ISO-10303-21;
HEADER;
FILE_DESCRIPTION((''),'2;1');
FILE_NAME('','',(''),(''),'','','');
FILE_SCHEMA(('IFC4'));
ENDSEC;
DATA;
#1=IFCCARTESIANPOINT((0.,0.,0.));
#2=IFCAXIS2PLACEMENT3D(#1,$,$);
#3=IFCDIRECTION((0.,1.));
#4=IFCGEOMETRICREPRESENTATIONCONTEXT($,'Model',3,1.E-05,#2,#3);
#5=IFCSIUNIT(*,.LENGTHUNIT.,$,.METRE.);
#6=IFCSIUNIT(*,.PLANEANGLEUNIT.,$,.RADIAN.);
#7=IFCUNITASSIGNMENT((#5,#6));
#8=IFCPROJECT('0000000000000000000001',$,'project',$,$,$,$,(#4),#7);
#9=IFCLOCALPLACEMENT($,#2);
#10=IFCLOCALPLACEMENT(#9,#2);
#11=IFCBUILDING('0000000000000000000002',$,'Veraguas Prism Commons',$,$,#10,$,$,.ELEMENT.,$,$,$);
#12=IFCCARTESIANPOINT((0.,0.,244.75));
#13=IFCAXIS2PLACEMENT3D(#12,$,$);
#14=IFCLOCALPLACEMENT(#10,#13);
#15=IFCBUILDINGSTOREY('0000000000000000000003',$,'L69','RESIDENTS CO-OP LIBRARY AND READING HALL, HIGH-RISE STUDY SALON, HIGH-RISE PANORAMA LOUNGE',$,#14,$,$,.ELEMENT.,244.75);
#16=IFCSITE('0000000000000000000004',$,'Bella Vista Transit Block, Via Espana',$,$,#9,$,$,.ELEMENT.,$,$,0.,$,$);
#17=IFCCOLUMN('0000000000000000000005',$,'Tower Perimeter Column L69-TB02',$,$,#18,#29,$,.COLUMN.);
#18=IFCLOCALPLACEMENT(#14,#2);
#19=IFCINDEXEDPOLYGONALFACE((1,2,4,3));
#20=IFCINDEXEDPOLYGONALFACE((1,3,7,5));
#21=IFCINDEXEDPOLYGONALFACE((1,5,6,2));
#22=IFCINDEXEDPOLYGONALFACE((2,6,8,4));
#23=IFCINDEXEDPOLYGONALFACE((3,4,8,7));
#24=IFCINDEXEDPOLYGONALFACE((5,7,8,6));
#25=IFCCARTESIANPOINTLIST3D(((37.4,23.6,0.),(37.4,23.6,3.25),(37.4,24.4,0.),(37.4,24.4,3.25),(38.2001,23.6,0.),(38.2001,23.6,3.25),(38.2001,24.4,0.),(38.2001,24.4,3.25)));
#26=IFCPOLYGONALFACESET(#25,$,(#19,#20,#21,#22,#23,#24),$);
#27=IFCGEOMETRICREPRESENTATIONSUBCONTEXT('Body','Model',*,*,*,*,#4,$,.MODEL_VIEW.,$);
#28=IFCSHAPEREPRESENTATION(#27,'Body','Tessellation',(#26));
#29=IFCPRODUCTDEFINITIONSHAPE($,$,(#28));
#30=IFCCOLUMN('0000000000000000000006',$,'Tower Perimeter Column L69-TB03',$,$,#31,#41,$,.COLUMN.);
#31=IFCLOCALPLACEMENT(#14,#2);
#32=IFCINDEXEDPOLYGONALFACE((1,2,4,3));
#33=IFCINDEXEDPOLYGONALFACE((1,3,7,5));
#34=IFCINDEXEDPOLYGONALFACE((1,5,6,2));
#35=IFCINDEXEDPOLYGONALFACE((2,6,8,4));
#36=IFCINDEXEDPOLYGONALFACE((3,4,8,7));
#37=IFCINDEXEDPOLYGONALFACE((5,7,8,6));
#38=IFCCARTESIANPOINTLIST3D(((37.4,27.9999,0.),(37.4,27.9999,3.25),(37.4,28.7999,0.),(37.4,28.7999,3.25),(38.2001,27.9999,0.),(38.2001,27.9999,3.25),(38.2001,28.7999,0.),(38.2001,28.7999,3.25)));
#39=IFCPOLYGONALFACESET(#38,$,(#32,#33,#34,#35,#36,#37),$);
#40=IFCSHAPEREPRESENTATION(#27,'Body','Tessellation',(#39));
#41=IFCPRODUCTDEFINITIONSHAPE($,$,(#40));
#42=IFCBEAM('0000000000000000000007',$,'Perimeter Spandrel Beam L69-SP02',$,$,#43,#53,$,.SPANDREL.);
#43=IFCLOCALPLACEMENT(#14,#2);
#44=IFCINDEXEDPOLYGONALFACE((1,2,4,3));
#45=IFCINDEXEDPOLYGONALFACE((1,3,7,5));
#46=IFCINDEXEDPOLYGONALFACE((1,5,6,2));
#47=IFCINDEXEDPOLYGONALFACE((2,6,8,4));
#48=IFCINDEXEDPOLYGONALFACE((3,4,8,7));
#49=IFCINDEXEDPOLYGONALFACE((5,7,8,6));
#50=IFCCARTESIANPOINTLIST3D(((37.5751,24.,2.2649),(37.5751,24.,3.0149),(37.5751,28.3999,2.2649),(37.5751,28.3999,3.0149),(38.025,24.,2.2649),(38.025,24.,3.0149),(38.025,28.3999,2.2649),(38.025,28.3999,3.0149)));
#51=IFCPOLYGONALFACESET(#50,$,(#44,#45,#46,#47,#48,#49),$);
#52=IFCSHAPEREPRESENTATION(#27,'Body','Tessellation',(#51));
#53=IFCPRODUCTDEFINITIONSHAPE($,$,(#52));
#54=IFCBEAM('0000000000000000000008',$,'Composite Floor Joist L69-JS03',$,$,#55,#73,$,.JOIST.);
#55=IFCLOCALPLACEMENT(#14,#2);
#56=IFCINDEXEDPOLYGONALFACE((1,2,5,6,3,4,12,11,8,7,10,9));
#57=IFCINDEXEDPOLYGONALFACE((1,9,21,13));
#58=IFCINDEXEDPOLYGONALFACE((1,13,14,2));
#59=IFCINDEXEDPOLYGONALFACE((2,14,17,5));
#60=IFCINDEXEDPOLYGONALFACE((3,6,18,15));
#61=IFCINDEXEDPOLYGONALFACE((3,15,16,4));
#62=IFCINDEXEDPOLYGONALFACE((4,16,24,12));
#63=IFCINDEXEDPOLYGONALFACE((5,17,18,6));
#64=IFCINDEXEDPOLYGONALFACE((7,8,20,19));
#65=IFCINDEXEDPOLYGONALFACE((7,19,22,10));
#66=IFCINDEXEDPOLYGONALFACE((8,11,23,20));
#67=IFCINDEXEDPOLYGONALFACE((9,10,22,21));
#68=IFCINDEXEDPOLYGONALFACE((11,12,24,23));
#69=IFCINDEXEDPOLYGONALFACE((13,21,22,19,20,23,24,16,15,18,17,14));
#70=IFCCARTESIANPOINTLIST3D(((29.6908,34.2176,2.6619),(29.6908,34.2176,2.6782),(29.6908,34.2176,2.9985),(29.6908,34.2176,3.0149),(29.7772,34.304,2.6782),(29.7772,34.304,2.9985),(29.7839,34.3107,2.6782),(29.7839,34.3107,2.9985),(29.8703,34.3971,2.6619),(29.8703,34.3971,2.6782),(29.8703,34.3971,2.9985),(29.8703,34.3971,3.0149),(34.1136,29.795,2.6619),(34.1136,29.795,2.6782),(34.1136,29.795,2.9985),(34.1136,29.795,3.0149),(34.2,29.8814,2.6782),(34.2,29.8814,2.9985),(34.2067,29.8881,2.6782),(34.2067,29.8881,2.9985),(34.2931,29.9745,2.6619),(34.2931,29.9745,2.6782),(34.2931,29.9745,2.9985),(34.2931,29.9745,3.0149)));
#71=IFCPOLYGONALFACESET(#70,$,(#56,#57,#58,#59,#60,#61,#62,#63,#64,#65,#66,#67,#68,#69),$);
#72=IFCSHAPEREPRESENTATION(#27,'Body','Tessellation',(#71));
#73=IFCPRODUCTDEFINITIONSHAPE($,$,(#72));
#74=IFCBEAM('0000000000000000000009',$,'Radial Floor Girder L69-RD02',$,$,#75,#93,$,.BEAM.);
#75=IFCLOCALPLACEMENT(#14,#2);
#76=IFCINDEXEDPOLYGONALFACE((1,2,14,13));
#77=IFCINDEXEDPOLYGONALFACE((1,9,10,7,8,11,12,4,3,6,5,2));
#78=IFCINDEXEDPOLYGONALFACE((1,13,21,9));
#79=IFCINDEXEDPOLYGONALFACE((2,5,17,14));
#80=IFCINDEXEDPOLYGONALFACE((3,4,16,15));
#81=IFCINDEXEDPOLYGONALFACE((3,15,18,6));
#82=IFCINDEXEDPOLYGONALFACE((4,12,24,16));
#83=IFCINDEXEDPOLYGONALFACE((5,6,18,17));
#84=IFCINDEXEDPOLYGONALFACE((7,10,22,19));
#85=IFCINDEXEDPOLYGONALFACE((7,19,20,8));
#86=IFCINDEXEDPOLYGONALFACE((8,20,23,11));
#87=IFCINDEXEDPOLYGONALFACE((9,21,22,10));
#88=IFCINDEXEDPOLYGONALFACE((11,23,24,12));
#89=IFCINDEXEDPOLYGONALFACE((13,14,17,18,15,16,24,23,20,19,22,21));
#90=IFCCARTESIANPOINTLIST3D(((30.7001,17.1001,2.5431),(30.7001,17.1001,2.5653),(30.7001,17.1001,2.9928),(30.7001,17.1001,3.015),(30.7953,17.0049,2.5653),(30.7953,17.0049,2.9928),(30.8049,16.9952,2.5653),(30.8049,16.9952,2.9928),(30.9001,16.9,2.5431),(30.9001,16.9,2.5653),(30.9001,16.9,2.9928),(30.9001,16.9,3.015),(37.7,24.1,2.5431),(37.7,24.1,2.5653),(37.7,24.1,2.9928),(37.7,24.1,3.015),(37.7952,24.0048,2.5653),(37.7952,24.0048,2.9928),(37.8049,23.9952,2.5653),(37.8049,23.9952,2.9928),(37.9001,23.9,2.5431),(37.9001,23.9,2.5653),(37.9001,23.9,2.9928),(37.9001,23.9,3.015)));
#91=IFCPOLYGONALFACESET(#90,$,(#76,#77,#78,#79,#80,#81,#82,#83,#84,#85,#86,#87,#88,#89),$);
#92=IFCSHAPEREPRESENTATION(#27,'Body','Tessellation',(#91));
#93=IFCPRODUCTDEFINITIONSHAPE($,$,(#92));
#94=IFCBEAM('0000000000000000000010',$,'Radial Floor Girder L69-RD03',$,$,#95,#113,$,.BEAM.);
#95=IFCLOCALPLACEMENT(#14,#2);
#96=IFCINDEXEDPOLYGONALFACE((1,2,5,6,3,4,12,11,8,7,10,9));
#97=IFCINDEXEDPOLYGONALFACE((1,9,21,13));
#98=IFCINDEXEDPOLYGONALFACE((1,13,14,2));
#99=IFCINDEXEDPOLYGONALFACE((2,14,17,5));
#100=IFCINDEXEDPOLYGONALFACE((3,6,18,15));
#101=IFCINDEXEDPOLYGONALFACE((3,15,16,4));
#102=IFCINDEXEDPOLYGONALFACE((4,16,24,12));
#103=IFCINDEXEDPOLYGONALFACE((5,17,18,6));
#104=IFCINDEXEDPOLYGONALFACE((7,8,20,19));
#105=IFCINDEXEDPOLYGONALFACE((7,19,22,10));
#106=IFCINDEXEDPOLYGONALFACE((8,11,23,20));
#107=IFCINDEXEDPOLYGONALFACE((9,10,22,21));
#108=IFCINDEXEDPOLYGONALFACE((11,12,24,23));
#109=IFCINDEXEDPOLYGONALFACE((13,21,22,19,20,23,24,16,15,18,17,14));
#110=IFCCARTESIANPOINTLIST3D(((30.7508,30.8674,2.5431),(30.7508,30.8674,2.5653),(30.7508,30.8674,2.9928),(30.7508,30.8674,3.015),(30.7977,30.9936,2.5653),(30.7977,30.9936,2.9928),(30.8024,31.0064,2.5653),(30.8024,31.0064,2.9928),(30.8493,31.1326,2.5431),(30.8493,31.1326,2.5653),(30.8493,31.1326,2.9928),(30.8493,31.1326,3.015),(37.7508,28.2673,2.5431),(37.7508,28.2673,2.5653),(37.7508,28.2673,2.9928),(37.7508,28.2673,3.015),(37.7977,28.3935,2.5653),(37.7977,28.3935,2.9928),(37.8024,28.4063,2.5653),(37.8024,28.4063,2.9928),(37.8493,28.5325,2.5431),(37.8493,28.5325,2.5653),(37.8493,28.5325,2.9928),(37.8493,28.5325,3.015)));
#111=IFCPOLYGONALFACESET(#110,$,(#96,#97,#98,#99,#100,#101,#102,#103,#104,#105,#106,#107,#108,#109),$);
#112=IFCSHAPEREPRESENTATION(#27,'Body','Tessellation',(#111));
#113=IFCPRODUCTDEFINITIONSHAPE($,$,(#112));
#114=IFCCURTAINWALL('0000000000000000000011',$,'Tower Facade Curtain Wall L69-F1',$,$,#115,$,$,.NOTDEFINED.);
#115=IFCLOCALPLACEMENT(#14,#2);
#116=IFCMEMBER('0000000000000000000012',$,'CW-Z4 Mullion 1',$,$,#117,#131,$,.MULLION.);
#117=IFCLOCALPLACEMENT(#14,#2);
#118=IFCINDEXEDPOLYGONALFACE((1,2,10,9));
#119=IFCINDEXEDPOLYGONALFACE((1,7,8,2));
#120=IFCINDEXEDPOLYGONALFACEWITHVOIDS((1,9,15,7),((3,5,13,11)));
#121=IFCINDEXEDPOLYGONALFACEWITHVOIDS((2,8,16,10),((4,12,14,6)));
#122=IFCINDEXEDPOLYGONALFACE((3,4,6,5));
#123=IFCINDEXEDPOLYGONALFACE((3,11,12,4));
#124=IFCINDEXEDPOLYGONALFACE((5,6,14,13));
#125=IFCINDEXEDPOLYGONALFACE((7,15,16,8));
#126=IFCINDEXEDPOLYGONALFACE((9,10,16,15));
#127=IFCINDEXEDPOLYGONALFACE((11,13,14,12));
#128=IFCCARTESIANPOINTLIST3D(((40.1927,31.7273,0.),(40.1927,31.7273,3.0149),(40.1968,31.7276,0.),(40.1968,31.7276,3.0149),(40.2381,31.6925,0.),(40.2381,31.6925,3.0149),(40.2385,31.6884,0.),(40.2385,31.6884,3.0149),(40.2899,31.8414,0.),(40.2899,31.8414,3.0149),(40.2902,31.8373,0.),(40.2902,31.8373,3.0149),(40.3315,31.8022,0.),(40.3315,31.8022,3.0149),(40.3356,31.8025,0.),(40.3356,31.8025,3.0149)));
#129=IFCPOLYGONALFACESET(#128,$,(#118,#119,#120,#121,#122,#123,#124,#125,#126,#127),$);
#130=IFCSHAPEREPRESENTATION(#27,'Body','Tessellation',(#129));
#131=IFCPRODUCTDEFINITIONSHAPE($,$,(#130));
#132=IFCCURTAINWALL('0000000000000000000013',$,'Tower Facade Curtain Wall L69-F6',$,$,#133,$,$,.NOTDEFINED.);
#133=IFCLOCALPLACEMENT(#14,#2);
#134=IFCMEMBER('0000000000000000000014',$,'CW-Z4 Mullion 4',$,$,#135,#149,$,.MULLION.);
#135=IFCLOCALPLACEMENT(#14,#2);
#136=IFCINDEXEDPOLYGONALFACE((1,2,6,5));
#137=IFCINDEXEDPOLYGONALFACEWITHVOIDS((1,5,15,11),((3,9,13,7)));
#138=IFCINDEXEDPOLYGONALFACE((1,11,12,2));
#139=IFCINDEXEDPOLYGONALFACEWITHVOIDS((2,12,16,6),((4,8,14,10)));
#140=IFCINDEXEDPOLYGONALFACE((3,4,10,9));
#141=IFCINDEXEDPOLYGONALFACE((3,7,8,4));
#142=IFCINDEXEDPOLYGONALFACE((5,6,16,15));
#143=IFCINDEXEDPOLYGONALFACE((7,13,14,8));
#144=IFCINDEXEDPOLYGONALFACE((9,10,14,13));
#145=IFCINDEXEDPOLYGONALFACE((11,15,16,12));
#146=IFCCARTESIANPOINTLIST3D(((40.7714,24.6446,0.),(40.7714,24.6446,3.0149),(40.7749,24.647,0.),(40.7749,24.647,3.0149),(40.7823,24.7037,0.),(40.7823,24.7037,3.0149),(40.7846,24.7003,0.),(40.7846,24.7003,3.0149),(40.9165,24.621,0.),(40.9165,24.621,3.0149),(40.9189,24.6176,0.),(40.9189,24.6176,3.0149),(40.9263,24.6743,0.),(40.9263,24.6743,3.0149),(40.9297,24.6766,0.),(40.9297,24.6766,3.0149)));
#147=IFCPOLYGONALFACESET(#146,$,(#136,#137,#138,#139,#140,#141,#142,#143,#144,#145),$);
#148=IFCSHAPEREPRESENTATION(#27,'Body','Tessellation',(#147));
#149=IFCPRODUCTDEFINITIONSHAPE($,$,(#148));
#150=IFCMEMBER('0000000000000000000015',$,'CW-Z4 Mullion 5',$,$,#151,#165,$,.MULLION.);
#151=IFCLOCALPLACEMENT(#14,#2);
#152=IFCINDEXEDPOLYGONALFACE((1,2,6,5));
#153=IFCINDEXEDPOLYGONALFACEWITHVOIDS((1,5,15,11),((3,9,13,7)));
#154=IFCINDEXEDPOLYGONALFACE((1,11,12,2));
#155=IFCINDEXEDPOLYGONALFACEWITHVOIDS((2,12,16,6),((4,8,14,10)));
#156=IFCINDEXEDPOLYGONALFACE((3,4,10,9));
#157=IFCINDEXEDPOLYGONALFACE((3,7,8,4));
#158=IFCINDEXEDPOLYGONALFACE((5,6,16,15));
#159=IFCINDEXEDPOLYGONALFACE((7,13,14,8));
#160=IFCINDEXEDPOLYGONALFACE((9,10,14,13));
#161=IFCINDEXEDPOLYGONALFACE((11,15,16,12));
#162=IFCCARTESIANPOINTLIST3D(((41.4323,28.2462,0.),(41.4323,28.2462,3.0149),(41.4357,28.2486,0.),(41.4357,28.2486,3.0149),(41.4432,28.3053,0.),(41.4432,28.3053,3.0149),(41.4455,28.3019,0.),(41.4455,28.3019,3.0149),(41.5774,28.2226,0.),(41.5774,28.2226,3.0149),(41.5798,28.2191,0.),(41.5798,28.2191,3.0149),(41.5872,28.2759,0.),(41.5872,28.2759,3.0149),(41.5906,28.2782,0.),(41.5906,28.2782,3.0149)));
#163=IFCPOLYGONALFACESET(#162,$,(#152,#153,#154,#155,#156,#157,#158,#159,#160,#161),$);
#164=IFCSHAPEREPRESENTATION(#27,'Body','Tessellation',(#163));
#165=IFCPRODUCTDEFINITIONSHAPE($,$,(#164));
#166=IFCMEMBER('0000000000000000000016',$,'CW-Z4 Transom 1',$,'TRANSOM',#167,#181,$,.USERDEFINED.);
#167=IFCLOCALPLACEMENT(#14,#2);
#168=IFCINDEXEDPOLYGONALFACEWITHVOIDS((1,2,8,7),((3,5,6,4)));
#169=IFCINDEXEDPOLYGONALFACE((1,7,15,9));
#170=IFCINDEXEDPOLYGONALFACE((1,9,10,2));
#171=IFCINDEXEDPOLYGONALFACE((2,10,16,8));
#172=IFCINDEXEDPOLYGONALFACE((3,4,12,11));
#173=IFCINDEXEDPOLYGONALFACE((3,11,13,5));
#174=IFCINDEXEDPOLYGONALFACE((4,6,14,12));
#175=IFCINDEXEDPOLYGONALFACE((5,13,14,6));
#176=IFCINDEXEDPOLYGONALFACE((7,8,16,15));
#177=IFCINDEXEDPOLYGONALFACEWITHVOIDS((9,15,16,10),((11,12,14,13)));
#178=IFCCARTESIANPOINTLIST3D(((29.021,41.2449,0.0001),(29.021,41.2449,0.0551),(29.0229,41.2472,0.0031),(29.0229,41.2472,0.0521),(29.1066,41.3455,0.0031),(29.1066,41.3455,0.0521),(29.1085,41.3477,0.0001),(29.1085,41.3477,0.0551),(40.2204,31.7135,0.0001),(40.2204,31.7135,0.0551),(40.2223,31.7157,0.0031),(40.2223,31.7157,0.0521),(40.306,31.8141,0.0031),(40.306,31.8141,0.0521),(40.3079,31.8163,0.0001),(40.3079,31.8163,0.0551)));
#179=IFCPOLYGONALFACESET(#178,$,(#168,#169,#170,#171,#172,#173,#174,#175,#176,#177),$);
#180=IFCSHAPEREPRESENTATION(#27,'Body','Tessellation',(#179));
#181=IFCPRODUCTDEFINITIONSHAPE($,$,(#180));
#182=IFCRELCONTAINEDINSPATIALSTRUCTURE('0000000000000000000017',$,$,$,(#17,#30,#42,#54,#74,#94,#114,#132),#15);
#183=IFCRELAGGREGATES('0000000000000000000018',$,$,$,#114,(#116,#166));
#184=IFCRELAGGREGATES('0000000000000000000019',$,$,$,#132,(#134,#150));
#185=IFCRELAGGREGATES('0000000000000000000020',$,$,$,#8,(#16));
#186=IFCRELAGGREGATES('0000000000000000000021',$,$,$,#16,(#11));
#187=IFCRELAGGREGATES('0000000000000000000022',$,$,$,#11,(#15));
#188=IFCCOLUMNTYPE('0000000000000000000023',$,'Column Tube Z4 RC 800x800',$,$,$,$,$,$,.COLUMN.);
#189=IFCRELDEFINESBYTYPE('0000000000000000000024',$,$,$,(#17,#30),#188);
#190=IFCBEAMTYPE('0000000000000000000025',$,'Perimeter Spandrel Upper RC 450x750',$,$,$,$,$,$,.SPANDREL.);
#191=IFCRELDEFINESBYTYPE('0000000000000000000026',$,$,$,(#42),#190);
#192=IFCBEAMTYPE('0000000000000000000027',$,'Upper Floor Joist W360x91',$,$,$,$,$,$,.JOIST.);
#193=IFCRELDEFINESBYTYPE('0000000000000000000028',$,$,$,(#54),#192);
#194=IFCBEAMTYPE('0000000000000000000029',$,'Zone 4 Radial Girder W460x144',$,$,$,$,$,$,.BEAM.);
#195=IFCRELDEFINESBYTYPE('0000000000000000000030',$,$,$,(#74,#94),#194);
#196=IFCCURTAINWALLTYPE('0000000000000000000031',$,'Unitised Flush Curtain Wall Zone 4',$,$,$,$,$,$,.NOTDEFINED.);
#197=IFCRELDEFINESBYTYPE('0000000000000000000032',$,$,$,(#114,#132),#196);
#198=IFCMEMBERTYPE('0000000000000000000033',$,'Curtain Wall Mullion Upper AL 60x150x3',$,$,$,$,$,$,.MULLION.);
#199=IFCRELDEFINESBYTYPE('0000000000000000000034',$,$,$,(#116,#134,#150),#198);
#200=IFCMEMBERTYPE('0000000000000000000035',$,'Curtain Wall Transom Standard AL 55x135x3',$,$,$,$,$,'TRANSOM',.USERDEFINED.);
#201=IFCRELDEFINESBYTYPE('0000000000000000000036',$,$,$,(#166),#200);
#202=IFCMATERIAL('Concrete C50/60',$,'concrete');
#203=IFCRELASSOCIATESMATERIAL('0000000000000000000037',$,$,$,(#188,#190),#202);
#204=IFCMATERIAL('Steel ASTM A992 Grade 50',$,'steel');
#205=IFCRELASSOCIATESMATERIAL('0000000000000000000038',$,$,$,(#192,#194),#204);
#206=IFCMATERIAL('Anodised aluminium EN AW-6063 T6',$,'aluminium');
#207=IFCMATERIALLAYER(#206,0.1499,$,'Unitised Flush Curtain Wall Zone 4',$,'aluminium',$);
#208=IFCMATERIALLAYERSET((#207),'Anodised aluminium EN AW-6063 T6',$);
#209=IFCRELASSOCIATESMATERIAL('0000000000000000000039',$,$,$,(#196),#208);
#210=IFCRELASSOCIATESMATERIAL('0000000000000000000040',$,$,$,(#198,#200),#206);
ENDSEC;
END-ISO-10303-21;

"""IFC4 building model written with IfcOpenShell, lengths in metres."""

from ifc_helpers import new_model, si_unit, direction, frame, origin, origin_2d, place, context, subcontext, project, spatial, rectangle, hollow_rectangle, i_section, extrude, source, transform, mapped, material, layer, layer_set, material_profile, profile_set, type_object, element, aggregate, save


model = new_model("IFC4")

# Units and contexts
model_context = context("Model", 3, precision=1e-05, world=origin(), true_north=direction((0.0, 1.0)))
body_context = subcontext(model_context, "Body", "Model", "MODEL_VIEW")
ifc_project = project(units=[si_unit("LENGTHUNIT", "METRE"), si_unit("PLANEANGLEUNIT", "RADIAN")], contexts=[model_context])

# Site, building, storey
site_placement = place(None, origin())
site = spatial("IfcSite", under=ifc_project, at=site_placement, Name="Bella Vista Transit Block, Via Espana", CompositionType="ELEMENT", RefElevation=0.0)
building_placement = place(site_placement, origin())
building = spatial("IfcBuilding", under=site, at=building_placement, Name="Veraguas Prism Commons", CompositionType="ELEMENT")
storey_placement = place(building_placement, frame((0.0, 0.0, 244.75)))
storey = spatial("IfcBuildingStorey", under=building, at=storey_placement, Name="L69", Description="RESIDENTS CO-OP LIBRARY AND READING HALL, HIGH-RISE STUDY SALON, HIGH-RISE PANORAMA LOUNGE", CompositionType="ELEMENT", Elevation=244.75)

# Columns
ifc_material_1 = material(Name="Concrete C50/60", Category="concrete")
ifc_material_profile_1 = material_profile(ifc_material_1, rectangle(XDim=0.8, YDim=0.8, at=origin_2d()), Name="RC800X800")
ifc_profile_set_1 = profile_set([ifc_material_profile_1], Name="Concrete C50/60")
column_type = type_object("IfcColumnType", Name="Column Tube Z4 RC 800x800", PredefinedType="COLUMN", material=ifc_profile_set_1)
for number, where, z_axis, x_axis, name in (
    (1, (37.8, 24.0, 0.0), (0.0, 0.0, 1.0), (1.0, 0.0, 0.0), "Tower Perimeter Column L69-TB02"),
    (2, (37.8, 28.3999, 0.0), (0.0, 0.0, 1.0), (1.0, 0.0, 0.0), "Tower Perimeter Column L69-TB03"),
):
    element("IfcColumn", number, at=place(storey_placement, frame(where, z_axis=z_axis, x_axis=x_axis)), inside=storey, type_object=column_type, Name=name, PredefinedType="COLUMN", context=body_context, shape_type="SweptSolid", body=[
        extrude(rectangle(XDim=0.8, YDim=0.8, at=origin_2d()), origin(), (0.0, 0.0, 1.0), 3.25),
    ])

# Beams
ifc_material_profile_2 = material_profile(ifc_material_1, rectangle(XDim=0.45, YDim=0.75, at=origin_2d()), Name="RC450X750")
ifc_profile_set_2 = profile_set([ifc_material_profile_2], Name="Concrete C50/60")
beam_type_1 = type_object("IfcBeamType", Name="Perimeter Spandrel Upper RC 450x750", PredefinedType="SPANDREL", material=ifc_profile_set_2)
beam_1_placement = place(storey_placement, frame((37.8, 24.0, 2.6399), z_axis=(0.0, 1.0, 0.0), x_axis=(-1.0, 0.0, 0.0)))
element("IfcBeam", 3, at=beam_1_placement, inside=storey, type_object=beam_type_1, Name="Perimeter Spandrel Beam L69-SP02", PredefinedType="SPANDREL", context=body_context, shape_type="SweptSolid", body=[
    extrude(rectangle(XDim=0.45, YDim=0.75, at=origin_2d()), origin(), (0.0, 0.0, 1.0), 4.3999),
])
ifc_material_2 = material(Name="Steel ASTM A992 Grade 50", Category="steel")
ifc_material_profile_3 = material_profile(ifc_material_2, i_section(OverallWidth=0.2539, OverallDepth=0.353, WebThickness=0.0095, FlangeThickness=0.0164, at=origin_2d()), Name="W360X91")
ifc_profile_set_3 = profile_set([ifc_material_profile_3], Name="Steel ASTM A992 Grade 50")
beam_type_2 = type_object("IfcBeamType", Name="Upper Floor Joist W360x91", PredefinedType="JOIST", material=ifc_profile_set_3)
beam_2_placement = place(storey_placement, frame((34.2034, 29.8848, 2.8384), z_axis=(-0.707126, 0.707087, 0.0), x_axis=(-0.707087, -0.707126, 0.0)))
element("IfcBeam", 4, at=beam_2_placement, inside=storey, type_object=beam_type_2, Name="Composite Floor Joist L69-JS03", PredefinedType="JOIST", context=body_context, shape_type="SweptSolid", body=[
    extrude(i_section(OverallWidth=0.2539, OverallDepth=0.353, WebThickness=0.0095, FlangeThickness=0.0164, at=origin_2d()), origin(), (0.0, 0.0, 1.0), 6.2546),
])
ifc_material_profile_4 = material_profile(ifc_material_2, i_section(OverallWidth=0.283, OverallDepth=0.4719, WebThickness=0.0137, FlangeThickness=0.0222, at=origin_2d()), Name="W460X144")
ifc_profile_set_4 = profile_set([ifc_material_profile_4], Name="Steel ASTM A992 Grade 50")
beam_type_3 = type_object("IfcBeamType", Name="Zone 4 Radial Girder W460x144", PredefinedType="BEAM", material=ifc_profile_set_4)
beam_3_placement = place(storey_placement, frame((37.8, 24.0, 2.7791), z_axis=(-0.707107, -0.707107, 0.0), x_axis=(0.707107, -0.707107, 0.0)))
element("IfcBeam", 5, at=beam_3_placement, inside=storey, type_object=beam_type_3, Name="Radial Floor Girder L69-RD02", PredefinedType="BEAM", context=body_context, shape_type="SweptSolid", body=[
    extrude(i_section(OverallWidth=0.283, OverallDepth=0.4719, WebThickness=0.0137, FlangeThickness=0.0222, at=origin_2d()), origin(), (0.0, 0.0, 1.0), 9.8994),
])
beam_4_placement = place(storey_placement, frame((37.8, 28.3999, 2.7791), z_axis=(-0.937421, 0.348198, 0.0), x_axis=(-0.348198, -0.937421, 0.0)))
element("IfcBeam", 6, at=beam_4_placement, inside=storey, type_object=beam_type_3, Name="Radial Floor Girder L69-RD03", PredefinedType="BEAM", context=body_context, shape_type="SweptSolid", body=[
    extrude(i_section(OverallWidth=0.283, OverallDepth=0.4719, WebThickness=0.0137, FlangeThickness=0.0222, at=origin_2d()), origin(), (0.0, 0.0, 1.0), 7.4673),
])

# Curtain wall, member
ifc_material_3 = material(Name="Anodised aluminium EN AW-6063 T6", Category="aluminium")
ifc_layer_1 = layer(ifc_material_3, 0.1499, Name="Unitised Flush Curtain Wall Zone 4", Category="aluminium")
ifc_layer_set_1 = layer_set([ifc_layer_1], Name="Anodised aluminium EN AW-6063 T6")
curtain_wall_type = type_object("IfcCurtainWallType", Name="Unitised Flush Curtain Wall Zone 4", PredefinedType="NOTDEFINED", material=ifc_layer_set_1)
curtain_wall_1_placement = place(storey_placement, origin())
curtain_wall_1 = element("IfcCurtainWall", 7, at=curtain_wall_1_placement, inside=storey, type_object=curtain_wall_type, Name="Tower Facade Curtain Wall L69-F1", PredefinedType="NOTDEFINED")
ifc_material_profile_5 = material_profile(ifc_material_3, hollow_rectangle(XDim=0.0601, YDim=0.1499, WallThickness=0.0029, at=origin_2d()), Name="AL60X150X3")
ifc_profile_set_5 = profile_set([ifc_material_profile_5], Name="Anodised aluminium EN AW-6063 T6")
member_type_1 = type_object("IfcMemberType", Name="Curtain Wall Mullion Upper AL 60x150x3", PredefinedType="MULLION", material=ifc_profile_set_5)
shared_shape_1 = source(origin(), body_context, "Body", "SweptSolid", [
    extrude(hollow_rectangle(XDim=0.0601, YDim=0.1499, WallThickness=0.0029, at=origin_2d()), origin(), (0.0, 0.0, 1.0), 3.0149),
])
member_1_placement = place(storey_placement, frame((40.2642, 31.7649, 0.0), z_axis=(0.0, 0.0, 1.0), x_axis=(-0.761538, 0.64812, 0.0)))
member_1 = element("IfcMember", 8, at=member_1_placement, type_object=member_type_1, Name="CW-Z4 Mullion 1", PredefinedType="MULLION", context=body_context, shape_type="MappedRepresentation", body=[
    mapped(shared_shape_1, transform((0.0, 0.0, 0.0), scale=1.0)),
])

# Curtain wall, members
curtain_wall_2_placement = place(storey_placement, origin())
curtain_wall_2 = element("IfcCurtainWall", 9, at=curtain_wall_2_placement, inside=storey, type_object=curtain_wall_type, Name="Tower Facade Curtain Wall L69-F6", PredefinedType="NOTDEFINED")
member_2_placement = place(storey_placement, frame((40.8506, 24.6606, 0.0), z_axis=(0.0, 0.0, 1.0), x_axis=(0.180524, 0.983571, 0.0)))
member_2 = element("IfcMember", 10, at=member_2_placement, type_object=member_type_1, Name="CW-Z4 Mullion 4", PredefinedType="MULLION", context=body_context, shape_type="MappedRepresentation", body=[
    mapped(shared_shape_1, transform((0.0, 0.0, 0.0), scale=1.0)),
])
member_3_placement = place(storey_placement, frame((41.5115, 28.2622, 0.0), z_axis=(0.0, 0.0, 1.0), x_axis=(0.180524, 0.983571, 0.0)))
member_3 = element("IfcMember", 11, at=member_3_placement, type_object=member_type_1, Name="CW-Z4 Mullion 5", PredefinedType="MULLION", context=body_context, shape_type="MappedRepresentation", body=[
    mapped(shared_shape_1, transform((0.0, 0.0, 0.0), scale=1.0)),
])

# Member
ifc_material_profile_6 = material_profile(ifc_material_3, hollow_rectangle(XDim=0.0549, YDim=0.135, WallThickness=0.0029, at=origin_2d()), Name="AL55X135X3")
ifc_profile_set_6 = profile_set([ifc_material_profile_6], Name="Anodised aluminium EN AW-6063 T6")
member_type_2 = type_object("IfcMemberType", Name="Curtain Wall Transom Standard AL 55x135x3", ElementType="TRANSOM", PredefinedType="USERDEFINED", material=ifc_profile_set_6)
shared_shape_2 = source(origin(), body_context, "Body", "SweptSolid", [
    extrude(hollow_rectangle(XDim=0.0549, YDim=0.135, WallThickness=0.0029, at=origin_2d()), origin(), (0.0, 0.0, 1.0), 14.7063),
])
member_4_placement = place(storey_placement, frame((40.2642, 31.7649, 0.0276), z_axis=(-0.761538, 0.64812, 0.0), x_axis=(0.0, 0.0, 1.0)))
member_4 = element("IfcMember", 12, at=member_4_placement, type_object=member_type_2, Name="CW-Z4 Transom 1", ObjectType="TRANSOM", PredefinedType="USERDEFINED", context=body_context, shape_type="MappedRepresentation", body=[
    mapped(shared_shape_2, transform((0.0, 0.0, 0.0), scale=1.0)),
])

aggregate(curtain_wall_1, [member_1, member_4])
aggregate(curtain_wall_2, [member_2, member_3])

save(model, "model.ifc")
